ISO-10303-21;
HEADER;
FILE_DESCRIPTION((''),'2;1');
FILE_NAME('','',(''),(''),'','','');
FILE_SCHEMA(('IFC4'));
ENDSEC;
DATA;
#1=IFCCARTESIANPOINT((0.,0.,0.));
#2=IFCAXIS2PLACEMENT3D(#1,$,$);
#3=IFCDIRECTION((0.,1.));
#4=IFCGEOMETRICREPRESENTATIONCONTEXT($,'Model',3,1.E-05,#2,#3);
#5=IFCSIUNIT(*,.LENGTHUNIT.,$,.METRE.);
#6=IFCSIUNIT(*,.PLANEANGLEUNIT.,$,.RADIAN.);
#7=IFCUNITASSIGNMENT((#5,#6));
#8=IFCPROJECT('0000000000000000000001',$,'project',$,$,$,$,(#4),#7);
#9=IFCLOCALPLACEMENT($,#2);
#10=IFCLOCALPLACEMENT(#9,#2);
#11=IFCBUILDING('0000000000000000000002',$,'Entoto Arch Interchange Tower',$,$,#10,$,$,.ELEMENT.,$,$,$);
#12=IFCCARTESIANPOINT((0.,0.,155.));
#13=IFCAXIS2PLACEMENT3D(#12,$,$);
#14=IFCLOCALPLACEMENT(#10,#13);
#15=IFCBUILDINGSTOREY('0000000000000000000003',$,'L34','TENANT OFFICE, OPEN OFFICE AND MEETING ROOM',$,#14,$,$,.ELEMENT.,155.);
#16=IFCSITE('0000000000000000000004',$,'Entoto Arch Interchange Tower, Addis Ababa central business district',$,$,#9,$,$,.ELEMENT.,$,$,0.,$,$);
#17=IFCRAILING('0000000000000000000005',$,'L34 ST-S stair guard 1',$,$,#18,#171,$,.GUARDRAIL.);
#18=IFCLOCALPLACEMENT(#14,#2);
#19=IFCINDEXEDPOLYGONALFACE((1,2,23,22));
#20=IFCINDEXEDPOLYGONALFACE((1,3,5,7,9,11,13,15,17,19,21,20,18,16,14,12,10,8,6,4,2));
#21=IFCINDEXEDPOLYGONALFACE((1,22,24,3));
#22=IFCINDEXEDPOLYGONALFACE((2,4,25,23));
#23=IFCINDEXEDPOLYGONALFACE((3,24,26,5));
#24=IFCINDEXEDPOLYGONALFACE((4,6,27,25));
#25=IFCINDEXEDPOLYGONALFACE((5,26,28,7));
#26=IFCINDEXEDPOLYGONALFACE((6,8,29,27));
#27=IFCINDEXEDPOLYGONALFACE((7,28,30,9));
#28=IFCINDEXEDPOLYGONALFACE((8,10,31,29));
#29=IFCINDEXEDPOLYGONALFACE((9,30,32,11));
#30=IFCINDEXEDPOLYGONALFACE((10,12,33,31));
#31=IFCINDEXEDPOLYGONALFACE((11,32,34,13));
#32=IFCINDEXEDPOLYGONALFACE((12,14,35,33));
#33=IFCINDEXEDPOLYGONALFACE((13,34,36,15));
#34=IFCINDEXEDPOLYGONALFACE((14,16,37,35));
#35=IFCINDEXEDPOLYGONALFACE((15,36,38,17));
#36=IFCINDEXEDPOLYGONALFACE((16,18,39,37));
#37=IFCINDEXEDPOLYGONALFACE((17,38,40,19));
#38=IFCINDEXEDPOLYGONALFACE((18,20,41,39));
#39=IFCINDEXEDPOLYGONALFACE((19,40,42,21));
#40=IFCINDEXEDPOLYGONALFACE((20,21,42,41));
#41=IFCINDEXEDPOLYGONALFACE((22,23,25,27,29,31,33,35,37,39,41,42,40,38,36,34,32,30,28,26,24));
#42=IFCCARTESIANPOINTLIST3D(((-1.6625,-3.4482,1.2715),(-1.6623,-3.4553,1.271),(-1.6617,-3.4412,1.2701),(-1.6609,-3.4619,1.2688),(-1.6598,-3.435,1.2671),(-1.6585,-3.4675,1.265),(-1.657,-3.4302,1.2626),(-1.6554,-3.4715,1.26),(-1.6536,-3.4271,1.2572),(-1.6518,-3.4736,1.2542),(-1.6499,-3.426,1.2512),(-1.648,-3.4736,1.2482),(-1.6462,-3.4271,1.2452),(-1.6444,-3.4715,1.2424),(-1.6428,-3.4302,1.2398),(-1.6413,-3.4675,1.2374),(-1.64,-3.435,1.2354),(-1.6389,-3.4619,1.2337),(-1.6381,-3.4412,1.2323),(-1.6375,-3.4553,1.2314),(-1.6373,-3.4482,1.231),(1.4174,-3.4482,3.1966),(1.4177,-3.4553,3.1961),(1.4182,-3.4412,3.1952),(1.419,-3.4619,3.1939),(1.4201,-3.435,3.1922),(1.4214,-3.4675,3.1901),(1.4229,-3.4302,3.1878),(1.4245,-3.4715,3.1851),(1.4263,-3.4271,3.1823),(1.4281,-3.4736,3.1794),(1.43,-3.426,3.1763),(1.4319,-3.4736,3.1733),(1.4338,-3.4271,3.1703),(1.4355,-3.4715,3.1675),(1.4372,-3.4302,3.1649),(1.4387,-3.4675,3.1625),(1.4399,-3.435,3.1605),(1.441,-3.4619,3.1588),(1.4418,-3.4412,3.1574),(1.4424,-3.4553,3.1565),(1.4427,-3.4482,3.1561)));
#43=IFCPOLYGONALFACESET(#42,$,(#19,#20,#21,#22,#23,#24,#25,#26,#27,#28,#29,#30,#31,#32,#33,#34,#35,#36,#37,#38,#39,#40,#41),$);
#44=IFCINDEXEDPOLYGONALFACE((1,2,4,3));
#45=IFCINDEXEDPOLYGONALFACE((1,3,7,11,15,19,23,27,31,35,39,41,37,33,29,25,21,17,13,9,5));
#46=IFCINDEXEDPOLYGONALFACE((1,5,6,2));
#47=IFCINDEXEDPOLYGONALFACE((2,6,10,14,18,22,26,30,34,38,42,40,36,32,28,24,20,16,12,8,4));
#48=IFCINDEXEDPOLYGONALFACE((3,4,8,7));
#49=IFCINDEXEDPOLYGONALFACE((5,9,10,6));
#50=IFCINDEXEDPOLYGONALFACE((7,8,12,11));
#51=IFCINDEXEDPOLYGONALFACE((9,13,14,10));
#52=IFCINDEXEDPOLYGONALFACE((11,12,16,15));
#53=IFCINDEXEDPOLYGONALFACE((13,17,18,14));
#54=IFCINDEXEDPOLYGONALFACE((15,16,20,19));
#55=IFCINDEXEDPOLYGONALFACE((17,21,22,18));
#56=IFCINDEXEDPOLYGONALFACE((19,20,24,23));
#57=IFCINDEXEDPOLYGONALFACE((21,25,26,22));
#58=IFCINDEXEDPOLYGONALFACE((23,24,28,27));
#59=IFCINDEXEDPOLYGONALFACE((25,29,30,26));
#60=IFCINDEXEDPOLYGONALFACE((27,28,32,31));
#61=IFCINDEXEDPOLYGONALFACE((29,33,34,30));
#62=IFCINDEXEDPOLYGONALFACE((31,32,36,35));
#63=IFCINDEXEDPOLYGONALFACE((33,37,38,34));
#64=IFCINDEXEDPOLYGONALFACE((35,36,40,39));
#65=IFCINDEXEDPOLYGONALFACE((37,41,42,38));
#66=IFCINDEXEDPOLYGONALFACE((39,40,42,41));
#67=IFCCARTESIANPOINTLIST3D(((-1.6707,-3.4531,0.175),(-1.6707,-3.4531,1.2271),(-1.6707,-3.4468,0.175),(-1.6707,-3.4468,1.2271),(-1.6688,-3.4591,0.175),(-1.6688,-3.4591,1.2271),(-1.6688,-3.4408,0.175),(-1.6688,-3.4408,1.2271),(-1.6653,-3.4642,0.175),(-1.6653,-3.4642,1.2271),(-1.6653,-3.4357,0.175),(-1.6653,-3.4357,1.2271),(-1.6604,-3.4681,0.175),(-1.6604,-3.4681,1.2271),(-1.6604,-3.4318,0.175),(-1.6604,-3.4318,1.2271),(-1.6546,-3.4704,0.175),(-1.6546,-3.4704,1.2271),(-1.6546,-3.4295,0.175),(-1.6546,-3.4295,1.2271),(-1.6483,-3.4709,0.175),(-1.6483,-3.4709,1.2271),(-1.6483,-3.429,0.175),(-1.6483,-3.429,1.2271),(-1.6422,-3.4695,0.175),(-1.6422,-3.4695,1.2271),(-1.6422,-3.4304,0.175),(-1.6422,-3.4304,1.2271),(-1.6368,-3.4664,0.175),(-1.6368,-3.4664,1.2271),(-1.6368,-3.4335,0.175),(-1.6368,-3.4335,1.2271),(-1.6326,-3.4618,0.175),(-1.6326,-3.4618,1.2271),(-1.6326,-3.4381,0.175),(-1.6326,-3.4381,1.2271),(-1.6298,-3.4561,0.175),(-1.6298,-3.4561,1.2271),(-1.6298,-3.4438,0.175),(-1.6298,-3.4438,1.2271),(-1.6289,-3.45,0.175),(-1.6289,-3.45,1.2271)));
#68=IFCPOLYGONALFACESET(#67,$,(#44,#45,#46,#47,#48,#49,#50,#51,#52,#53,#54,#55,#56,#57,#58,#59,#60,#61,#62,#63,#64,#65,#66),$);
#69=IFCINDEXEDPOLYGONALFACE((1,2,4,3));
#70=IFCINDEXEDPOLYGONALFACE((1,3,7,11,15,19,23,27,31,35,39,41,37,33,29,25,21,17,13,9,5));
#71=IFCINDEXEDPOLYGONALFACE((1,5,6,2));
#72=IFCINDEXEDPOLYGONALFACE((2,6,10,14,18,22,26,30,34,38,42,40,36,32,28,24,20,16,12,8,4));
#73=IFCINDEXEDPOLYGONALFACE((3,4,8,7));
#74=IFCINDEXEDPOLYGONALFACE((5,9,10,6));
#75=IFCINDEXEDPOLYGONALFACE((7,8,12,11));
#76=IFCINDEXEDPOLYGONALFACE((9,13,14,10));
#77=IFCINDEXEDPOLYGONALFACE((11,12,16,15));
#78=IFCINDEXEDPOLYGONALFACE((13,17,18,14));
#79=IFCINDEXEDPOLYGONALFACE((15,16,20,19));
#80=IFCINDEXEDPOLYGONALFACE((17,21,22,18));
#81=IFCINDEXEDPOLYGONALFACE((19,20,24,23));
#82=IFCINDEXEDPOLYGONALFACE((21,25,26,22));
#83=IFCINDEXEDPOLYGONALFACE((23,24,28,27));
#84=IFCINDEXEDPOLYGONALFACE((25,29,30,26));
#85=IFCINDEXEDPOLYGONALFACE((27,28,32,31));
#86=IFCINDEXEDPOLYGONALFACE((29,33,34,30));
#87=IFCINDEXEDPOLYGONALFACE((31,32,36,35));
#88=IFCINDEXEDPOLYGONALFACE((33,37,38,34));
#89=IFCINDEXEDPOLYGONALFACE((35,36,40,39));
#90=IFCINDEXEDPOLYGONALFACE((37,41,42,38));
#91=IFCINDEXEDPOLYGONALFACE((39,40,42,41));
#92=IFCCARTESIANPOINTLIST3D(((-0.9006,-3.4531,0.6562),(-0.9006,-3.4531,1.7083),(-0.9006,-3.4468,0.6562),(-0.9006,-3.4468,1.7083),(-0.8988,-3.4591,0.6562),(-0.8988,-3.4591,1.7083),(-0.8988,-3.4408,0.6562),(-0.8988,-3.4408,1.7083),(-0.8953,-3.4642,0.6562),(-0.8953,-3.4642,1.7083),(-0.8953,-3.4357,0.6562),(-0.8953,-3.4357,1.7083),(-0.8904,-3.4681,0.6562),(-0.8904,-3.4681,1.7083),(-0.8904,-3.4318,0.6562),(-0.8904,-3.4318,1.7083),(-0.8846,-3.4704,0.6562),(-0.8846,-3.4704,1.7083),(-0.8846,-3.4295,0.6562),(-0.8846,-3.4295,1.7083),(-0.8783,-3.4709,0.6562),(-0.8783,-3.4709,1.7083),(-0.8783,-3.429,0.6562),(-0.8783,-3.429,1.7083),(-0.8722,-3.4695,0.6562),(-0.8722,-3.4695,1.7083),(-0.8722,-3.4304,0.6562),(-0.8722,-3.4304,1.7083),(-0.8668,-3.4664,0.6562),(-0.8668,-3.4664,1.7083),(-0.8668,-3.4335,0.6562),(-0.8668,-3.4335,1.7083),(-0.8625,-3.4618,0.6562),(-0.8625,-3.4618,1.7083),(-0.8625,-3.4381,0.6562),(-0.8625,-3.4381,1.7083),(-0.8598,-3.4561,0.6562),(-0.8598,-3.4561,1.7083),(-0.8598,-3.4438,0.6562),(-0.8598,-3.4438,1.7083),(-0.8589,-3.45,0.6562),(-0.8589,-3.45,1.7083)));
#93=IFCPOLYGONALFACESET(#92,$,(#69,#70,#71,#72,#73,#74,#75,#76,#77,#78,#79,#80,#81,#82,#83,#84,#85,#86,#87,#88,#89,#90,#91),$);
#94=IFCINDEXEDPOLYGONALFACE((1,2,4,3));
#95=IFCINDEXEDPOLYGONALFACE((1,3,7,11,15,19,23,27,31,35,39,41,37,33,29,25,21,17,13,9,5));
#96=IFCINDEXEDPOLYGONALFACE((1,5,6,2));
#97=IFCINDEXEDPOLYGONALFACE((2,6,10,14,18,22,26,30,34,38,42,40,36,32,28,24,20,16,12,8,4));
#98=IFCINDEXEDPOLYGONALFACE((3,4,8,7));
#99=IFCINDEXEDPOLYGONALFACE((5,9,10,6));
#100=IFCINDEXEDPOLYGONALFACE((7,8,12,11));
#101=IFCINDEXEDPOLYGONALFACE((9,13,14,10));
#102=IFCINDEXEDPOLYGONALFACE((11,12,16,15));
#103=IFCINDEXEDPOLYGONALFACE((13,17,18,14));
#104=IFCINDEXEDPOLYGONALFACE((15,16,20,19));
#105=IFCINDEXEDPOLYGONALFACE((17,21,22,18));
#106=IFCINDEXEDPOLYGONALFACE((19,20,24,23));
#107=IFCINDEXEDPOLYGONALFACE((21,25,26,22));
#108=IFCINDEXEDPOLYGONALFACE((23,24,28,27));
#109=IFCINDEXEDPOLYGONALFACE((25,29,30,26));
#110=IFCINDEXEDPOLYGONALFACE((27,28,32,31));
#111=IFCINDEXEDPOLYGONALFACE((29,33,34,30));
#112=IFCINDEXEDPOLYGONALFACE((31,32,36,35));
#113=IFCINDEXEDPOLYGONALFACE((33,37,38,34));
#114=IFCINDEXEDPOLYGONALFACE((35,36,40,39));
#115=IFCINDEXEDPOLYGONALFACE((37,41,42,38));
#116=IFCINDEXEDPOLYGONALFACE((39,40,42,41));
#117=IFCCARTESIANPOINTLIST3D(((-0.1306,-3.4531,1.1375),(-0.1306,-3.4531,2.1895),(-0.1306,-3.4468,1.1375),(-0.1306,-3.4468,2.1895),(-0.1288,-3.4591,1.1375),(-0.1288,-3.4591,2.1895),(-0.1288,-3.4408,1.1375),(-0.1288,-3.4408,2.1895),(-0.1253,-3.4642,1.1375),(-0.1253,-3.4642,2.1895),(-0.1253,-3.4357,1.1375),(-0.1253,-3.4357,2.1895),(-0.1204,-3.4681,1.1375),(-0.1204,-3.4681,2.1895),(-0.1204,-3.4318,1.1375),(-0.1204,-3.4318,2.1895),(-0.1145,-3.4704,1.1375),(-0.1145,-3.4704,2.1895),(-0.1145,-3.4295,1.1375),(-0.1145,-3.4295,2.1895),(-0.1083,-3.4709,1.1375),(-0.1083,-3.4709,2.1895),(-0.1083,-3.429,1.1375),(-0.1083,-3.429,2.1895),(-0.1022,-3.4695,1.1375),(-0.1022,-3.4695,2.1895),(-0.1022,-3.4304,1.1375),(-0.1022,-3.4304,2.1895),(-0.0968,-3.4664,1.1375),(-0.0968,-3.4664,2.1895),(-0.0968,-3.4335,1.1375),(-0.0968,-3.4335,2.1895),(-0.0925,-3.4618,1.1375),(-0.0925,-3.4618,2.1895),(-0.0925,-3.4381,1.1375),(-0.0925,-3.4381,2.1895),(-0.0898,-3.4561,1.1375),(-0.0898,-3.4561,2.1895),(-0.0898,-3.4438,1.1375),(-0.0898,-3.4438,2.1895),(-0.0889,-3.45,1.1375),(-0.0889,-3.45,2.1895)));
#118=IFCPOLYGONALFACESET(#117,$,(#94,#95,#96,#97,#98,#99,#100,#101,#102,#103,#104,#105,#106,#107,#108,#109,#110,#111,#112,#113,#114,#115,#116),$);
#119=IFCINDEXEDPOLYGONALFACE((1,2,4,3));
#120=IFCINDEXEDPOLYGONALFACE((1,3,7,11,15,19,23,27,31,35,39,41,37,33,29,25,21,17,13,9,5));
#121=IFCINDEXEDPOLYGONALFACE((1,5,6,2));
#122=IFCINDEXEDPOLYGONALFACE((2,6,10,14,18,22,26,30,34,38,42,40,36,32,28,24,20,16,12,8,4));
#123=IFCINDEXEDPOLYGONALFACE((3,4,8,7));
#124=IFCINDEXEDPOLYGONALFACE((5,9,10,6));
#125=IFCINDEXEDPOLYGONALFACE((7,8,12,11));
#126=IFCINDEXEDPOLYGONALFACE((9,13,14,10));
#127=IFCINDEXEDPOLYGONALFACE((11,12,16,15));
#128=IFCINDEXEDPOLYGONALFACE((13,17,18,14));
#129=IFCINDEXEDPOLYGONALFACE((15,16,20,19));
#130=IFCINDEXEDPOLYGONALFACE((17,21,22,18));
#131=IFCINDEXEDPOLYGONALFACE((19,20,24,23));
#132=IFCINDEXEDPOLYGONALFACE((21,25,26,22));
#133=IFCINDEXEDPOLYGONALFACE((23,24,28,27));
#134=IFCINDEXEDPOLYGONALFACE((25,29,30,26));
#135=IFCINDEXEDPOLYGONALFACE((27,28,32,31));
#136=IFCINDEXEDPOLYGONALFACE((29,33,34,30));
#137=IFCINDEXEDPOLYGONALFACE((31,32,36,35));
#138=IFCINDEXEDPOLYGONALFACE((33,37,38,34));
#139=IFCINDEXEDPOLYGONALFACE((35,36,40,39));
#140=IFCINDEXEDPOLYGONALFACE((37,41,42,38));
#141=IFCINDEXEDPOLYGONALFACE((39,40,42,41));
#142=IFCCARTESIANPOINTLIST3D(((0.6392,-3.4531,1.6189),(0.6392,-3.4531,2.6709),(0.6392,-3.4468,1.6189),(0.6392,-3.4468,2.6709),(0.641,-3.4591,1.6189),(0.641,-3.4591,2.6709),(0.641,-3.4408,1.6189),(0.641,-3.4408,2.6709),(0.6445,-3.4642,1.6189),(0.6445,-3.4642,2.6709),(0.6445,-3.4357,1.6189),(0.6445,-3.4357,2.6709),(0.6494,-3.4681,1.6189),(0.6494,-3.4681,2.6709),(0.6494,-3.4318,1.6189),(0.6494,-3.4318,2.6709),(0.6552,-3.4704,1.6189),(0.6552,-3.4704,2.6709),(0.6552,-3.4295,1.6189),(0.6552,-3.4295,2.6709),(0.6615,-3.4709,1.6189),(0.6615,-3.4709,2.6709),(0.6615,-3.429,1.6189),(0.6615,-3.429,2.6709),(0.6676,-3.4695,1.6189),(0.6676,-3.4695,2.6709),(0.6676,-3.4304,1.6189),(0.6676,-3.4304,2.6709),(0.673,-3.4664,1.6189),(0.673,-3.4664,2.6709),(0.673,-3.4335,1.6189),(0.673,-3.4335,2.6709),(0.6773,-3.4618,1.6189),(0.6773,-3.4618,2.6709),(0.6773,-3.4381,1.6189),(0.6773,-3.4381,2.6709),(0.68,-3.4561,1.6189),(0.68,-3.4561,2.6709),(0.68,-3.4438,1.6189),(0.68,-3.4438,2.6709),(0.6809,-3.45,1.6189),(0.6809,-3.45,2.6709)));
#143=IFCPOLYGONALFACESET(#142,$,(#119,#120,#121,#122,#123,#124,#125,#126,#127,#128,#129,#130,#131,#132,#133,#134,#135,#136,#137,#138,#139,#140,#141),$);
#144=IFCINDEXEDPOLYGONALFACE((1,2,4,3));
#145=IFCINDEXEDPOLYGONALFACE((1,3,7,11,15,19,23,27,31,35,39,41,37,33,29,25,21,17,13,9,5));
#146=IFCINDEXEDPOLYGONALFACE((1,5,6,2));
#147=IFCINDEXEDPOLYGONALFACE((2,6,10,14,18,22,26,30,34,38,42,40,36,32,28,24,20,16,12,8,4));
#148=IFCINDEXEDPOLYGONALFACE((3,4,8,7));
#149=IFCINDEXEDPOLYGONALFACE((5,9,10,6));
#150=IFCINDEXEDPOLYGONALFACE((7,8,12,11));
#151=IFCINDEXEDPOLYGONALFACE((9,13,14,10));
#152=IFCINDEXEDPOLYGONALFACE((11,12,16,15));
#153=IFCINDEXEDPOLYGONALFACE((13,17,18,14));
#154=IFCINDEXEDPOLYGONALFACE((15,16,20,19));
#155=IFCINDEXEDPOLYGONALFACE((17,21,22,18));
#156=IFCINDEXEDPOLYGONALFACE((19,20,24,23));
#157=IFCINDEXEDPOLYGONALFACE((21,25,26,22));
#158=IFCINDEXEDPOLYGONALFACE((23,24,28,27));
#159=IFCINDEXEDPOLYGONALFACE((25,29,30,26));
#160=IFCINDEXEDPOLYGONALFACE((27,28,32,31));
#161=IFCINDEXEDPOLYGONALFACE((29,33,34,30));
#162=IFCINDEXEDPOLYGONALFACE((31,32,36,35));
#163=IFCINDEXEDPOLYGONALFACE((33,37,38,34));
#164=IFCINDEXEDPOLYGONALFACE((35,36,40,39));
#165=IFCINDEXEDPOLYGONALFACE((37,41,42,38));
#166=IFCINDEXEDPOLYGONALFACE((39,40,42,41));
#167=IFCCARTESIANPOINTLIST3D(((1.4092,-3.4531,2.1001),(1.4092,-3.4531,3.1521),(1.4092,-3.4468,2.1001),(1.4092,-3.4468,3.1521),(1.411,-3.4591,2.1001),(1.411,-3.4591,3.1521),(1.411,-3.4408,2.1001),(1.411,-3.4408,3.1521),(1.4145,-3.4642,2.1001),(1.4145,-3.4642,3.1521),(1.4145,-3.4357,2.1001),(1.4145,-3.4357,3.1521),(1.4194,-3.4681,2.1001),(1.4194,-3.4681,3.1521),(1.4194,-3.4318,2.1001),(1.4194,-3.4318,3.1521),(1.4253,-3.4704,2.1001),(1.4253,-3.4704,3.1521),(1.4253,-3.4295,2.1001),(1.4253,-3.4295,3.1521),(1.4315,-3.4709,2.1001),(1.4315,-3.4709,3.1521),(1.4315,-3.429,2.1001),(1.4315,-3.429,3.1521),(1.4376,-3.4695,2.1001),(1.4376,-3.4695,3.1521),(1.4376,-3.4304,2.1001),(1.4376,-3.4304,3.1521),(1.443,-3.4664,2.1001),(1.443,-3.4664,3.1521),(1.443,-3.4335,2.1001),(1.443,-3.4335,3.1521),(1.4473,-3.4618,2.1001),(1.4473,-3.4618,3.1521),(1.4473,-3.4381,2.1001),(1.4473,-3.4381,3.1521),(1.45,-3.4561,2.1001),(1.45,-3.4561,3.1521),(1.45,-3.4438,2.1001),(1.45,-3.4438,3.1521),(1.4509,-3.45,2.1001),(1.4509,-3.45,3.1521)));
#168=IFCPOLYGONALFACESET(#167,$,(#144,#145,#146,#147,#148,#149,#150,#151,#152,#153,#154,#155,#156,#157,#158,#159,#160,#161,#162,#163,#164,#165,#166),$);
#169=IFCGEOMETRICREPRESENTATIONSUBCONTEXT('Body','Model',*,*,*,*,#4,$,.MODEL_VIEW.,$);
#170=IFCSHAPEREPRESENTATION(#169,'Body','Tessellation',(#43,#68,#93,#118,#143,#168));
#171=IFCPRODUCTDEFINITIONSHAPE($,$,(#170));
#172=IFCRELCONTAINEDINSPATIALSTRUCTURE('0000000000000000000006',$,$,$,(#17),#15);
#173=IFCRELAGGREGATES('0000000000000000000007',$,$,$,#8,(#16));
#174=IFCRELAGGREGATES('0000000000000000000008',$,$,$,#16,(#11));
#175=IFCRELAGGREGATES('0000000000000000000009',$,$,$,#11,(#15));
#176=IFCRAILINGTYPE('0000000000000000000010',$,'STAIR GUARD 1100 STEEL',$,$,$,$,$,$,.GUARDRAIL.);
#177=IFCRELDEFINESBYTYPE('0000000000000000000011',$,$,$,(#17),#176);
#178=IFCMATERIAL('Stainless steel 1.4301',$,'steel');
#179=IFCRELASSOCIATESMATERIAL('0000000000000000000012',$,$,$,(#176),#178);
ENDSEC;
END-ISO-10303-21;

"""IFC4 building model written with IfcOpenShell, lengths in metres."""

from ifc_helpers import new_model, si_unit, direction, frame, origin, origin_2d, place, context, subcontext, project, spatial, circle, extrude, material, type_object, element, save


model = new_model("IFC4")

# Units and contexts
model_context = context("Model", 3, precision=1e-05, world=origin(), true_north=direction((0.0, 1.0)))
body_context = subcontext(model_context, "Body", "Model", "MODEL_VIEW")
ifc_project = project(units=[si_unit("LENGTHUNIT", "METRE"), si_unit("PLANEANGLEUNIT", "RADIAN")], contexts=[model_context])

# Site, building, storey
site_placement = place(None, origin())
site = spatial("IfcSite", under=ifc_project, at=site_placement, Name="Entoto Arch Interchange Tower, Addis Ababa central business district", CompositionType="ELEMENT", RefElevation=0.0)
building_placement = place(site_placement, origin())
building = spatial("IfcBuilding", under=site, at=building_placement, Name="Entoto Arch Interchange Tower", CompositionType="ELEMENT")
storey_placement = place(building_placement, frame((0.0, 0.0, 155.0)))
storey = spatial("IfcBuildingStorey", under=building, at=storey_placement, Name="L34", Description="TENANT OFFICE, OPEN OFFICE AND MEETING ROOM", CompositionType="ELEMENT", Elevation=155.0)

# Railing
ifc_material_1 = material(Name="Stainless steel 1.4301", Category="steel")
railing_type_1 = type_object("IfcRailingType", Name="STAIR GUARD 1100 STEEL", PredefinedType="GUARDRAIL", material=ifc_material_1)
railing_1_placement = place(storey_placement, frame((-1.6499, -3.45, 0.175)))
element("IfcRailing", 1, at=railing_1_placement, inside=storey, type_object=railing_type_1, Name="L34 ST-S stair guard 1", PredefinedType="GUARDRAIL", context=body_context, shape_type="SweptSolid", body=[
    extrude(circle(Radius=0.0239, at=origin_2d()), frame((0.0, 0.0, 1.0762), z_axis=(0.847979, 0.0, 0.530029), x_axis=(0.0, 1.0, 0.0)), (0.0, 0.0, 1.0), 3.6321),
    extrude(circle(Radius=0.021, at=origin_2d()), origin(), (0.0, 0.0, 1.0), 1.052),
    extrude(circle(Radius=0.021, at=origin_2d()), frame((0.77, 0.0, 0.4812)), (0.0, 0.0, 1.0), 1.052),
    extrude(circle(Radius=0.021, at=origin_2d()), frame((1.54, 0.0, 0.9624)), (0.0, 0.0, 1.0), 1.052),
    extrude(circle(Radius=0.021, at=origin_2d()), frame((2.3098, 0.0, 1.4438)), (0.0, 0.0, 1.0), 1.052),
    extrude(circle(Radius=0.021, at=origin_2d()), frame((3.0798, 0.0, 1.925)), (0.0, 0.0, 1.0), 1.052),
])

save(model, "model.ifc")
